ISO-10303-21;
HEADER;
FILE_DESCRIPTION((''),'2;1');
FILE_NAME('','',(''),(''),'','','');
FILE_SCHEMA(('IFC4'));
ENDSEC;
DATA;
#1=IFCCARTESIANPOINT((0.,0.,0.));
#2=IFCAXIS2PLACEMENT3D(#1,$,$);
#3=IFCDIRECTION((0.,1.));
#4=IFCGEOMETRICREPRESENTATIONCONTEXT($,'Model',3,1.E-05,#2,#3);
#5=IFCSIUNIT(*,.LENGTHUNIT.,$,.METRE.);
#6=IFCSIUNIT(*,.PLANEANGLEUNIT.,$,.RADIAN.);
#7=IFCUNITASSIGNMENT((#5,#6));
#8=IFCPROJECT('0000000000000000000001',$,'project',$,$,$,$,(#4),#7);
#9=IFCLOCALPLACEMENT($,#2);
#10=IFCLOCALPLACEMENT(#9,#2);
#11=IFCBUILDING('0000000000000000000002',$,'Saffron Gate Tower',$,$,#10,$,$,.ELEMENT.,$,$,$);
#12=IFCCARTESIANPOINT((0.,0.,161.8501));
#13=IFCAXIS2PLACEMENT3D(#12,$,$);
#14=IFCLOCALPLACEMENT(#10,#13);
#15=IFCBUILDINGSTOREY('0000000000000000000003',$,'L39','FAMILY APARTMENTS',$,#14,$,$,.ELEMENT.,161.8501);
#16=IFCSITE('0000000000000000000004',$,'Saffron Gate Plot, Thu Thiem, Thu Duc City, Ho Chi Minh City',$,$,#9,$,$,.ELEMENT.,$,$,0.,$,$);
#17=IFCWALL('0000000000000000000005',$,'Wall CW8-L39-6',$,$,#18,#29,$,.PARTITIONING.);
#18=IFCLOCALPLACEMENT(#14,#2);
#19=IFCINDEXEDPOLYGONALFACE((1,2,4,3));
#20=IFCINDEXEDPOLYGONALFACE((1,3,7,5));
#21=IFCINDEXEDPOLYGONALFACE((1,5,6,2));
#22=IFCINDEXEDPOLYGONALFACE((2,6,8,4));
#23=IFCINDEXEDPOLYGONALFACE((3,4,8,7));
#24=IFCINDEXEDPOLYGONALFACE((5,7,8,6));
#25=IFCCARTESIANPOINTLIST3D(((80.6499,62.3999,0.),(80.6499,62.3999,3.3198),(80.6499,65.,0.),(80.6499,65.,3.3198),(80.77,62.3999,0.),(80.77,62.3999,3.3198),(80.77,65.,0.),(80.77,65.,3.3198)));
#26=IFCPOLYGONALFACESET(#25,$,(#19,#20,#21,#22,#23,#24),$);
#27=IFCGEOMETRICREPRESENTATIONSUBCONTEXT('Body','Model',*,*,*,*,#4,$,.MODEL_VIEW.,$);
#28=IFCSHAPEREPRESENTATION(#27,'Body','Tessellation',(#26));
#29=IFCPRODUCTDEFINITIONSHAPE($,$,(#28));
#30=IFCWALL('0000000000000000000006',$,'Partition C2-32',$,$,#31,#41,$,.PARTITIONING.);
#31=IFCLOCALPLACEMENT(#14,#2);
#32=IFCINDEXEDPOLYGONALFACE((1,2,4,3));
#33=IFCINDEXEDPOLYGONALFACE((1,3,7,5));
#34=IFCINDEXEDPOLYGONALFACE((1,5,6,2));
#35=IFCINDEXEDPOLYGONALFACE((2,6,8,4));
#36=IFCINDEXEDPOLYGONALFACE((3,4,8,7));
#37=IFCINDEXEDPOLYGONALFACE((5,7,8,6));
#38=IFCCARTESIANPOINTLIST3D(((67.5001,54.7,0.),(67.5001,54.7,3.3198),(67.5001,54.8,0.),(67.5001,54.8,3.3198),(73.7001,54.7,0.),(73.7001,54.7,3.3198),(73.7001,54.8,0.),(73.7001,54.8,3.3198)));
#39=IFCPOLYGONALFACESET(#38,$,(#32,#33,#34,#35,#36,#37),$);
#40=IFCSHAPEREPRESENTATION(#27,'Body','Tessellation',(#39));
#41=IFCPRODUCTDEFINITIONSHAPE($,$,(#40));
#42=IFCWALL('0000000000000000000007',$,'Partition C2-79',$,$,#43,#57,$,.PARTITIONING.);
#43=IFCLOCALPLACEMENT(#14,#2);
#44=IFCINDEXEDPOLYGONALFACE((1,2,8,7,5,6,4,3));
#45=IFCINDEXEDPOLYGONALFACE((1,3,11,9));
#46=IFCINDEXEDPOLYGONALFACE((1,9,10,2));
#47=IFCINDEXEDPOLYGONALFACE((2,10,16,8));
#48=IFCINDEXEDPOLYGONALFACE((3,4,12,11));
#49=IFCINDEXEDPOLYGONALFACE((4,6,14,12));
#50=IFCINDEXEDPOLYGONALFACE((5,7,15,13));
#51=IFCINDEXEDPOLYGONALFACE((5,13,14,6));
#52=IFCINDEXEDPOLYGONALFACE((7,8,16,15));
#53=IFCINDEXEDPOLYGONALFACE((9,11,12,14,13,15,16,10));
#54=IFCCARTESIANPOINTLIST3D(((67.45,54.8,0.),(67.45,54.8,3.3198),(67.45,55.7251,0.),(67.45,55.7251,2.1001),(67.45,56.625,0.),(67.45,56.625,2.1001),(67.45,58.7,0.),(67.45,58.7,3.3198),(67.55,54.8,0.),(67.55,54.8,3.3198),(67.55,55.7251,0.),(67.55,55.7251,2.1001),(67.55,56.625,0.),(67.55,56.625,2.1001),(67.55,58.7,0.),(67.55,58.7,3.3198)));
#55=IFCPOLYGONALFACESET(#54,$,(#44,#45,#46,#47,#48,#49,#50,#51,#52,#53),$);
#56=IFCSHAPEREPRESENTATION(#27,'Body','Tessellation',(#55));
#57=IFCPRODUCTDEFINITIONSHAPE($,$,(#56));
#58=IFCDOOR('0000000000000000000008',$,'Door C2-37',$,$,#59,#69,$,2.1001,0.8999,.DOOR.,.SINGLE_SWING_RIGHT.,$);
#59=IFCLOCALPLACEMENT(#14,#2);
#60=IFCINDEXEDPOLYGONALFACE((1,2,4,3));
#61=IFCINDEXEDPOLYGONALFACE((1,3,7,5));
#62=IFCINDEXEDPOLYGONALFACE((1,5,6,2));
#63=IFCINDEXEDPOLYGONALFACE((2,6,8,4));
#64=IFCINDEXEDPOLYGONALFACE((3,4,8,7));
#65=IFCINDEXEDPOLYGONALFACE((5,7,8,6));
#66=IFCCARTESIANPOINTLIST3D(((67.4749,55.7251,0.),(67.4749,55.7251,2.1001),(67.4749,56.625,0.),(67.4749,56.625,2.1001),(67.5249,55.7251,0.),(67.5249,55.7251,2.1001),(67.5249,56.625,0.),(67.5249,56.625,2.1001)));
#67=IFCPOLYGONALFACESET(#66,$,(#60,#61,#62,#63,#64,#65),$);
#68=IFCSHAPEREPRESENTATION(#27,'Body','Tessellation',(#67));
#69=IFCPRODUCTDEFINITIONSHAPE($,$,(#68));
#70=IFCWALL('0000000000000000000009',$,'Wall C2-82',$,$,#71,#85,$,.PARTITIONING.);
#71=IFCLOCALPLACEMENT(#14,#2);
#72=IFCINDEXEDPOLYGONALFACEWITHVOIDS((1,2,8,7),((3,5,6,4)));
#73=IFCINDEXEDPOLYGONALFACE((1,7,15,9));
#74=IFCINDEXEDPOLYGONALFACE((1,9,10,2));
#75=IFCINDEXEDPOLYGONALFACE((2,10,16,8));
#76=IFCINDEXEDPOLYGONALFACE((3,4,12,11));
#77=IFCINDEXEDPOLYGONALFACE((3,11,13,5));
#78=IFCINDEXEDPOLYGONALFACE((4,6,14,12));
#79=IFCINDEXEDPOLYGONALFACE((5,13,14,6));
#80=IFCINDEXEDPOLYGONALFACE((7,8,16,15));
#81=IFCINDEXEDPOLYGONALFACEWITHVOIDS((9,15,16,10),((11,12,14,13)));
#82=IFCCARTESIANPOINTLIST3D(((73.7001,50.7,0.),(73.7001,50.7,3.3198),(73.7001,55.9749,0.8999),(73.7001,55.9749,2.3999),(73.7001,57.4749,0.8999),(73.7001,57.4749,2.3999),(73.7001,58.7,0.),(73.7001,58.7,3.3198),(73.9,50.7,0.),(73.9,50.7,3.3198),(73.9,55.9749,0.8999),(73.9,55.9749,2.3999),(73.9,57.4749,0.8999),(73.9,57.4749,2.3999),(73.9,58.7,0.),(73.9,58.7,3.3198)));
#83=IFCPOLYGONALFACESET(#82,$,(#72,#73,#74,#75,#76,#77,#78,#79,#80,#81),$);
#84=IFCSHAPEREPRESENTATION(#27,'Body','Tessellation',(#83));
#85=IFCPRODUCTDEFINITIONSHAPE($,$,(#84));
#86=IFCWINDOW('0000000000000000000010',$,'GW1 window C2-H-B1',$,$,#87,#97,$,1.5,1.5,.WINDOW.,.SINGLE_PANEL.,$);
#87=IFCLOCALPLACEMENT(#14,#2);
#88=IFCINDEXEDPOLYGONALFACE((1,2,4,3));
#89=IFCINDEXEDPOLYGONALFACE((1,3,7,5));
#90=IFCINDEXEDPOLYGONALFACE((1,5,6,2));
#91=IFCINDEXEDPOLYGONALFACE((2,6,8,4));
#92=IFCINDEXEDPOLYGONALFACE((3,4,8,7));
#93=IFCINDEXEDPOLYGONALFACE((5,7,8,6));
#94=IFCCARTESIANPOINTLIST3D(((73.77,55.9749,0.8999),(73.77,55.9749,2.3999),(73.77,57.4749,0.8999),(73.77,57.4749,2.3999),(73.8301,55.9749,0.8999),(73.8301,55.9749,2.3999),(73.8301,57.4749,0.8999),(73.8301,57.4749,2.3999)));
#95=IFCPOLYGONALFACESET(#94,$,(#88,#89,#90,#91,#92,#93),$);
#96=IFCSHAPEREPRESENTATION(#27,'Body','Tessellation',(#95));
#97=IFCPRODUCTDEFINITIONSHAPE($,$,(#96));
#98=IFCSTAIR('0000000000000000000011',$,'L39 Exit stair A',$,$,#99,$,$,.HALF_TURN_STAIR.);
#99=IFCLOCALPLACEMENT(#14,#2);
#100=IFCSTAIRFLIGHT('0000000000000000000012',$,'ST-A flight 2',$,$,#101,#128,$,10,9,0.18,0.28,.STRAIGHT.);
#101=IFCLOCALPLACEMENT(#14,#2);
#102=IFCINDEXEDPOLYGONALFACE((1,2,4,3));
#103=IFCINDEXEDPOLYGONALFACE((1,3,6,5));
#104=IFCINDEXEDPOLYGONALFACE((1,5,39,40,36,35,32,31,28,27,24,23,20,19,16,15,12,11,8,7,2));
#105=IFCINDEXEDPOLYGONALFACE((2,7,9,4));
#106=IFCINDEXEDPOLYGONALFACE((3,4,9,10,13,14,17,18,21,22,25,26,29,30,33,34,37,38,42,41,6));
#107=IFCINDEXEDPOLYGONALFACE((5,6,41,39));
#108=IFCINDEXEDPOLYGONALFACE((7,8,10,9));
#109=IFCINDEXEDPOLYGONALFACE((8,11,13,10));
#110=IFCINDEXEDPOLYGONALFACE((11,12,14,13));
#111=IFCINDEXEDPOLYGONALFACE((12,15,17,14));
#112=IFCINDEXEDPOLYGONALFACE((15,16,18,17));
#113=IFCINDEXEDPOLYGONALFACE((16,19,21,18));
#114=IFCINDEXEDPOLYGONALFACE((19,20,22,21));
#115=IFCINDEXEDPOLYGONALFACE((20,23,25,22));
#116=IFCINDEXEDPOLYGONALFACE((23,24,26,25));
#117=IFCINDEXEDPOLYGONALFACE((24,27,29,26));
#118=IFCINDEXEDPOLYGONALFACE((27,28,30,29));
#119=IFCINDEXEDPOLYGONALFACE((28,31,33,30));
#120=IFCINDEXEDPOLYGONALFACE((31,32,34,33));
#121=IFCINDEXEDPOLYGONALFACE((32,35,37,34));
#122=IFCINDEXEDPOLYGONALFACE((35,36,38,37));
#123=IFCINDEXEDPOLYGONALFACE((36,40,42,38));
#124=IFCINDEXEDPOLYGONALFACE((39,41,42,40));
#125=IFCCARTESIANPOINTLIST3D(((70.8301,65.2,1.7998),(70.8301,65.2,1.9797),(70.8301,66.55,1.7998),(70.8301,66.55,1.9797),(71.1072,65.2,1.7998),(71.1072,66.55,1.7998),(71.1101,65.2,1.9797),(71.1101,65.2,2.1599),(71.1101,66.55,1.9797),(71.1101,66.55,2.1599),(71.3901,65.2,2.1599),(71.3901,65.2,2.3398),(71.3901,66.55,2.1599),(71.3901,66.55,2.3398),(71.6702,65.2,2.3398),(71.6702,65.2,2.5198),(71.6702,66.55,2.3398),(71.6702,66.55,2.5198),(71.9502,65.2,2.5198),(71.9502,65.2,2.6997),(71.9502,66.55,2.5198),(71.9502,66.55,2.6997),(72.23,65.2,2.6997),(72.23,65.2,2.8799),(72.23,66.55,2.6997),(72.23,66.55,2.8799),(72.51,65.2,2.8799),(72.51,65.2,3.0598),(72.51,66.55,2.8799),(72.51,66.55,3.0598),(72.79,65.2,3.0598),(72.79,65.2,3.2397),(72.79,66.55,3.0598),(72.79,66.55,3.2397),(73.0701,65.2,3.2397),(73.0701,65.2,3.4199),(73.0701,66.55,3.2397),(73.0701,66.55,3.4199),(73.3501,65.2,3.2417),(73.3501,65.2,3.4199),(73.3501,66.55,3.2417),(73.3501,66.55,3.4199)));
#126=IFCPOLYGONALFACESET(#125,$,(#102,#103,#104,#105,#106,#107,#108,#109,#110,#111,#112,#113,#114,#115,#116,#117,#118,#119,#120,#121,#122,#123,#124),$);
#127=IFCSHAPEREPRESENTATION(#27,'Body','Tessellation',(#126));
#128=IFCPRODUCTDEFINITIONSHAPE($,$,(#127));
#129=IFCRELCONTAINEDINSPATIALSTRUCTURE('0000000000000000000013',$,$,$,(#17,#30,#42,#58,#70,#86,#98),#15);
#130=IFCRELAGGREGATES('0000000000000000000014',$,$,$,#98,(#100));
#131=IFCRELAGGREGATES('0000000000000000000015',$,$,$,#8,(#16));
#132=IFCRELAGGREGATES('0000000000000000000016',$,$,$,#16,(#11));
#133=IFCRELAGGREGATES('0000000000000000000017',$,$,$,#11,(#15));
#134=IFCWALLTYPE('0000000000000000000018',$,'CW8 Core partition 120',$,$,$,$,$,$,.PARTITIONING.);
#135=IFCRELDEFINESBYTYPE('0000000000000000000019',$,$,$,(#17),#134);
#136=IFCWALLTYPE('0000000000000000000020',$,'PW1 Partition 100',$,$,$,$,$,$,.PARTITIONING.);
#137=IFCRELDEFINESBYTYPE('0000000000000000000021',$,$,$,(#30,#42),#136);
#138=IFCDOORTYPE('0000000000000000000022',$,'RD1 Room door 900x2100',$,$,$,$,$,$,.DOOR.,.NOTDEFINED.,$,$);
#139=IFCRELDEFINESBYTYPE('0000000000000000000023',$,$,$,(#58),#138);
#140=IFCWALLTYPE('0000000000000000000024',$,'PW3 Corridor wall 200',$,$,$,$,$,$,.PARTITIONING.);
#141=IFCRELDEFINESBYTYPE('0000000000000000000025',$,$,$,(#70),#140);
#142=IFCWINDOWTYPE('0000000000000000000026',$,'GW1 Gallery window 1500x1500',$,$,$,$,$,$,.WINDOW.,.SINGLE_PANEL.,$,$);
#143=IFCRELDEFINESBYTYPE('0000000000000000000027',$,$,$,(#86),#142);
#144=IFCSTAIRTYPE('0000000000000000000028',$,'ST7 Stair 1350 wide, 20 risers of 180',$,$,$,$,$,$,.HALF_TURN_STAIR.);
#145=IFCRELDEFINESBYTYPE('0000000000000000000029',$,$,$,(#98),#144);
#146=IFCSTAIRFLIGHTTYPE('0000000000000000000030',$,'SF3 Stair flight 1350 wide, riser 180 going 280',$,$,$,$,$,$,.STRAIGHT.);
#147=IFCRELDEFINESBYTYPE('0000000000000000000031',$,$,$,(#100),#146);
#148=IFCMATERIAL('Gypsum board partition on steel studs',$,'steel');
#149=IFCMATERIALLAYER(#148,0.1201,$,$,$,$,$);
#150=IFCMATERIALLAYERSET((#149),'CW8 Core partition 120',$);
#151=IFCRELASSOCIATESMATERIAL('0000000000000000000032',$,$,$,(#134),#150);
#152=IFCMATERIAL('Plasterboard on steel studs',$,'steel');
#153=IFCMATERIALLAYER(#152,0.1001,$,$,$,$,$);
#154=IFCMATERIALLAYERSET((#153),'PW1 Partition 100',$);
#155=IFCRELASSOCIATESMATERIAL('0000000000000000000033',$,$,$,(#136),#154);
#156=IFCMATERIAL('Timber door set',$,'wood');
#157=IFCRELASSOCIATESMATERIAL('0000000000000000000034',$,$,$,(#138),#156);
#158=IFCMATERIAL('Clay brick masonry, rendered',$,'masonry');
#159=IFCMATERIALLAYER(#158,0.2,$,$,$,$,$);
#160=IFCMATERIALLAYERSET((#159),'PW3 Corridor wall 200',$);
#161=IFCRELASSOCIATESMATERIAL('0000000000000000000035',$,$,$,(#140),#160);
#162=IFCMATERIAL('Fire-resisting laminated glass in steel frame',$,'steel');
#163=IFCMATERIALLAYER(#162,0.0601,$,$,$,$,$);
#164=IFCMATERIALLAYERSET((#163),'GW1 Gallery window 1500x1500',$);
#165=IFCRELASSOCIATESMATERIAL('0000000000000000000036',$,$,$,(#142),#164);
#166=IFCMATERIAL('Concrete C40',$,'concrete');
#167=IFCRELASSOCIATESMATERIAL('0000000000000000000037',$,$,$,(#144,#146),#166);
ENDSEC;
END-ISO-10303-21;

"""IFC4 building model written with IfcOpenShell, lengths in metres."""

from ifc_helpers import new_model, si_unit, direction, frame, frame_2d, origin, place, context, subcontext, project, spatial, polyline, rectangle, outline, extrude, material, layer, layer_set, type_object, element, fill, aggregate, save


model = new_model("IFC4")

# Units and contexts
model_context = context("Model", 3, precision=1e-05, world=origin(), true_north=direction((0.0, 1.0)))
body_context = subcontext(model_context, "Body", "Model", "MODEL_VIEW")
ifc_project = project(units=[si_unit("LENGTHUNIT", "METRE"), si_unit("PLANEANGLEUNIT", "RADIAN")], contexts=[model_context])

# Site, building, storey
site_placement = place(None, origin())
site = spatial("IfcSite", under=ifc_project, at=site_placement, Name="Saffron Gate Plot, Thu Thiem, Thu Duc City, Ho Chi Minh City", CompositionType="ELEMENT", RefElevation=0.0)
building_placement = place(site_placement, origin())
building = spatial("IfcBuilding", under=site, at=building_placement, Name="Saffron Gate Tower", CompositionType="ELEMENT")
storey_placement = place(building_placement, frame((0.0, 0.0, 161.8501)))
storey = spatial("IfcBuildingStorey", under=building, at=storey_placement, Name="L39", Description="FAMILY APARTMENTS", CompositionType="ELEMENT", Elevation=161.8501)

# Walls
ifc_material_1 = material(Name="Gypsum board partition on steel studs", Category="steel")
ifc_layer_1 = layer(ifc_material_1, 0.1201)
ifc_layer_set_1 = layer_set([ifc_layer_1], Name="CW8 Core partition 120")
wall_type_1 = type_object("IfcWallType", Name="CW8 Core partition 120", PredefinedType="PARTITIONING", material=ifc_layer_set_1)
wall_1_placement = place(storey_placement, frame((80.71, 62.3999, 0.0), z_axis=(0.0, 0.0, 1.0), x_axis=(0.0, 1.0, 0.0)))
element("IfcWall", 1, at=wall_1_placement, inside=storey, type_object=wall_type_1, Name="Wall CW8-L39-6", PredefinedType="PARTITIONING", context=body_context, shape_type="SweptSolid", body=[
    extrude(rectangle(XDim=2.6001, YDim=0.1201, at=frame_2d((1.3, 0.0))), origin(), (0.0, 0.0, 1.0), 3.3198),
])
ifc_material_2 = material(Name="Plasterboard on steel studs", Category="steel")
ifc_layer_2 = layer(ifc_material_2, 0.1001)
ifc_layer_set_2 = layer_set([ifc_layer_2], Name="PW1 Partition 100")
wall_type_2 = type_object("IfcWallType", Name="PW1 Partition 100", PredefinedType="PARTITIONING", material=ifc_layer_set_2)
wall_2_placement = place(storey_placement, frame((67.5, 54.75, 0.0), z_axis=(0.0, 0.0, 1.0), x_axis=(1.0, 0.0, 0.0)))
element("IfcWall", 2, at=wall_2_placement, inside=storey, type_object=wall_type_2, Name="Partition C2-32", PredefinedType="PARTITIONING", context=body_context, shape_type="SweptSolid", body=[
    extrude(rectangle(XDim=6.2, YDim=0.1001, at=frame_2d((3.1001, 0.0))), origin(), (0.0, 0.0, 1.0), 3.3198),
])

# Wall, opening, door
wall_3_placement = place(storey_placement, frame((67.5, 58.7, 0.0), z_axis=(0.0, 0.0, 1.0), x_axis=(0.0, -1.0, 0.0)))
wall_3 = element("IfcWall", 3, at=wall_3_placement, inside=storey, type_object=wall_type_2, Name="Partition C2-79", PredefinedType="PARTITIONING", context=body_context, shape_type="SweptSolid", body=[
    extrude(rectangle(XDim=3.8999, YDim=0.1001, at=frame_2d((1.95, 0.0))), origin(), (0.0, 0.0, 1.0), 3.3198),
])
opening_1_placement = place(wall_3_placement, frame((2.075, 0.0, 0.0)))
opening_1 = element("IfcOpeningElement", 4, at=opening_1_placement, cuts=wall_3, PredefinedType="OPENING", context=body_context, shape_type="SweptSolid", body=[
    extrude(rectangle(XDim=0.8999, YDim=2.1001, at=frame_2d((0.45, 1.05))), frame((0.0, 0.0601, 0.0), z_axis=(0.0, -1.0, 0.0), x_axis=(1.0, 0.0, 0.0)), (0.0, 0.0, 1.0), 0.1201),
])
ifc_material_3 = material(Name="Timber door set", Category="wood")
door_type_1 = type_object("IfcDoorType", Name="RD1 Room door 900x2100", OperationType="NOTDEFINED", PredefinedType="DOOR", material=ifc_material_3)
door_1_placement = place(opening_1_placement, origin())
door_1 = element("IfcDoor", 5, at=door_1_placement, inside=storey, type_object=door_type_1, Name="Door C2-37", OperationType="SINGLE_SWING_RIGHT", OverallHeight=2.1001, OverallWidth=0.8999, PredefinedType="DOOR", context=body_context, shape_type="SweptSolid", body=[
    extrude(rectangle(XDim=0.8999, YDim=2.1001, at=frame_2d((0.45, 1.05))), frame((0.0, 0.0249, 0.0), z_axis=(0.0, -1.0, 0.0), x_axis=(1.0, 0.0, 0.0)), (0.0, 0.0, 1.0), 0.05),
])
fill(opening_1, door_1)

# Wall, opening, window
ifc_material_4 = material(Name="Clay brick masonry, rendered", Category="masonry")
ifc_layer_3 = layer(ifc_material_4, 0.2)
ifc_layer_set_3 = layer_set([ifc_layer_3], Name="PW3 Corridor wall 200")
wall_type_3 = type_object("IfcWallType", Name="PW3 Corridor wall 200", PredefinedType="PARTITIONING", material=ifc_layer_set_3)
wall_4_placement = place(storey_placement, frame((73.8, 58.7, 0.0), z_axis=(0.0, 0.0, 1.0), x_axis=(0.0, -1.0, 0.0)))
wall_4 = element("IfcWall", 6, at=wall_4_placement, inside=storey, type_object=wall_type_3, Name="Wall C2-82", PredefinedType="PARTITIONING", context=body_context, shape_type="SweptSolid", body=[
    extrude(rectangle(XDim=8.0, YDim=0.2, at=frame_2d((4.0, 0.0))), origin(), (0.0, 0.0, 1.0), 3.3198),
])
opening_2_placement = place(wall_4_placement, frame((1.2251, 0.0, 0.8999)))
opening_2 = element("IfcOpeningElement", 7, at=opening_2_placement, cuts=wall_4, PredefinedType="OPENING", context=body_context, shape_type="SweptSolid", body=[
    extrude(rectangle(XDim=1.5, YDim=1.5, at=frame_2d((0.75, 0.75))), frame((0.0, 0.1099, 0.0), z_axis=(0.0, -1.0, 0.0), x_axis=(1.0, 0.0, 0.0)), (0.0, 0.0, 1.0), 0.22),
])
ifc_material_5 = material(Name="Fire-resisting laminated glass in steel frame", Category="steel")
ifc_layer_4 = layer(ifc_material_5, 0.0601)
ifc_layer_set_4 = layer_set([ifc_layer_4], Name="GW1 Gallery window 1500x1500")
window_type = type_object("IfcWindowType", Name="GW1 Gallery window 1500x1500", PartitioningType="SINGLE_PANEL", PredefinedType="WINDOW", material=ifc_layer_set_4)
window_placement = place(opening_2_placement, origin())
window = element("IfcWindow", 8, at=window_placement, inside=storey, type_object=window_type, Name="GW1 window C2-H-B1", OverallHeight=1.5, OverallWidth=1.5, PartitioningType="SINGLE_PANEL", PredefinedType="WINDOW", context=body_context, shape_type="SweptSolid", body=[
    extrude(rectangle(XDim=1.5, YDim=1.5, at=frame_2d((0.75, 0.75))), frame((0.0, 0.03, 0.0), z_axis=(0.0, -1.0, 0.0), x_axis=(1.0, 0.0, 0.0)), (0.0, 0.0, 1.0), 0.0601),
])
fill(opening_2, window)

# Stair, stair flight
ifc_material_6 = material(Name="Concrete C40", Category="concrete")
stair_type = type_object("IfcStairType", Name="ST7 Stair 1350 wide, 20 risers of 180", PredefinedType="HALF_TURN_STAIR", material=ifc_material_6)
stair_placement = place(storey_placement, origin())
stair = element("IfcStair", 9, at=stair_placement, inside=storey, type_object=stair_type, Name="L39 Exit stair A", PredefinedType="HALF_TURN_STAIR")
stair_flight_type = type_object("IfcStairFlightType", Name="SF3 Stair flight 1350 wide, riser 180 going 280", PredefinedType="STRAIGHT", material=ifc_material_6)
stair_flight_placement = place(storey_placement, frame((70.8301, 65.875, 1.7998), z_axis=(0.0, 0.0, 1.0), x_axis=(1.0, 0.0, 0.0)))
stair_flight = element("IfcStairFlight", 10, at=stair_flight_placement, type_object=stair_flight_type, Name="ST-A flight 2", NumberOfRisers=10, NumberOfTreads=9, PredefinedType="STRAIGHT", RiserHeight=0.18, TreadLength=0.28, context=body_context, shape_type="SweptSolid", body=[
    extrude(outline(polyline([(0.0, 0.0), (0.0, 0.1799), (0.28, 0.1799), (0.28, 0.3601), (0.5601, 0.3601), (0.5601, 0.54), (0.8401, 0.54), (0.8401, 0.72), (1.1201, 0.72), (1.1201, 0.8999), (1.3999, 0.8999), (1.3999, 1.0801), (1.6799, 1.0801), (1.6799, 1.26), (1.96, 1.26), (1.96, 1.4399), (2.24, 1.4399), (2.24, 1.6201), (2.52, 1.6201), (2.52, 1.8), (2.52, 1.4419), (0.2771, 0.0), (0.0, 0.0)])), frame((0.0, 0.675, 0.0), z_axis=(0.0, -1.0, 0.0), x_axis=(1.0, 0.0, 0.0)), (0.0, 0.0, 1.0), 1.3501),
])
aggregate(stair, [stair_flight])

save(model, "model.ifc")
